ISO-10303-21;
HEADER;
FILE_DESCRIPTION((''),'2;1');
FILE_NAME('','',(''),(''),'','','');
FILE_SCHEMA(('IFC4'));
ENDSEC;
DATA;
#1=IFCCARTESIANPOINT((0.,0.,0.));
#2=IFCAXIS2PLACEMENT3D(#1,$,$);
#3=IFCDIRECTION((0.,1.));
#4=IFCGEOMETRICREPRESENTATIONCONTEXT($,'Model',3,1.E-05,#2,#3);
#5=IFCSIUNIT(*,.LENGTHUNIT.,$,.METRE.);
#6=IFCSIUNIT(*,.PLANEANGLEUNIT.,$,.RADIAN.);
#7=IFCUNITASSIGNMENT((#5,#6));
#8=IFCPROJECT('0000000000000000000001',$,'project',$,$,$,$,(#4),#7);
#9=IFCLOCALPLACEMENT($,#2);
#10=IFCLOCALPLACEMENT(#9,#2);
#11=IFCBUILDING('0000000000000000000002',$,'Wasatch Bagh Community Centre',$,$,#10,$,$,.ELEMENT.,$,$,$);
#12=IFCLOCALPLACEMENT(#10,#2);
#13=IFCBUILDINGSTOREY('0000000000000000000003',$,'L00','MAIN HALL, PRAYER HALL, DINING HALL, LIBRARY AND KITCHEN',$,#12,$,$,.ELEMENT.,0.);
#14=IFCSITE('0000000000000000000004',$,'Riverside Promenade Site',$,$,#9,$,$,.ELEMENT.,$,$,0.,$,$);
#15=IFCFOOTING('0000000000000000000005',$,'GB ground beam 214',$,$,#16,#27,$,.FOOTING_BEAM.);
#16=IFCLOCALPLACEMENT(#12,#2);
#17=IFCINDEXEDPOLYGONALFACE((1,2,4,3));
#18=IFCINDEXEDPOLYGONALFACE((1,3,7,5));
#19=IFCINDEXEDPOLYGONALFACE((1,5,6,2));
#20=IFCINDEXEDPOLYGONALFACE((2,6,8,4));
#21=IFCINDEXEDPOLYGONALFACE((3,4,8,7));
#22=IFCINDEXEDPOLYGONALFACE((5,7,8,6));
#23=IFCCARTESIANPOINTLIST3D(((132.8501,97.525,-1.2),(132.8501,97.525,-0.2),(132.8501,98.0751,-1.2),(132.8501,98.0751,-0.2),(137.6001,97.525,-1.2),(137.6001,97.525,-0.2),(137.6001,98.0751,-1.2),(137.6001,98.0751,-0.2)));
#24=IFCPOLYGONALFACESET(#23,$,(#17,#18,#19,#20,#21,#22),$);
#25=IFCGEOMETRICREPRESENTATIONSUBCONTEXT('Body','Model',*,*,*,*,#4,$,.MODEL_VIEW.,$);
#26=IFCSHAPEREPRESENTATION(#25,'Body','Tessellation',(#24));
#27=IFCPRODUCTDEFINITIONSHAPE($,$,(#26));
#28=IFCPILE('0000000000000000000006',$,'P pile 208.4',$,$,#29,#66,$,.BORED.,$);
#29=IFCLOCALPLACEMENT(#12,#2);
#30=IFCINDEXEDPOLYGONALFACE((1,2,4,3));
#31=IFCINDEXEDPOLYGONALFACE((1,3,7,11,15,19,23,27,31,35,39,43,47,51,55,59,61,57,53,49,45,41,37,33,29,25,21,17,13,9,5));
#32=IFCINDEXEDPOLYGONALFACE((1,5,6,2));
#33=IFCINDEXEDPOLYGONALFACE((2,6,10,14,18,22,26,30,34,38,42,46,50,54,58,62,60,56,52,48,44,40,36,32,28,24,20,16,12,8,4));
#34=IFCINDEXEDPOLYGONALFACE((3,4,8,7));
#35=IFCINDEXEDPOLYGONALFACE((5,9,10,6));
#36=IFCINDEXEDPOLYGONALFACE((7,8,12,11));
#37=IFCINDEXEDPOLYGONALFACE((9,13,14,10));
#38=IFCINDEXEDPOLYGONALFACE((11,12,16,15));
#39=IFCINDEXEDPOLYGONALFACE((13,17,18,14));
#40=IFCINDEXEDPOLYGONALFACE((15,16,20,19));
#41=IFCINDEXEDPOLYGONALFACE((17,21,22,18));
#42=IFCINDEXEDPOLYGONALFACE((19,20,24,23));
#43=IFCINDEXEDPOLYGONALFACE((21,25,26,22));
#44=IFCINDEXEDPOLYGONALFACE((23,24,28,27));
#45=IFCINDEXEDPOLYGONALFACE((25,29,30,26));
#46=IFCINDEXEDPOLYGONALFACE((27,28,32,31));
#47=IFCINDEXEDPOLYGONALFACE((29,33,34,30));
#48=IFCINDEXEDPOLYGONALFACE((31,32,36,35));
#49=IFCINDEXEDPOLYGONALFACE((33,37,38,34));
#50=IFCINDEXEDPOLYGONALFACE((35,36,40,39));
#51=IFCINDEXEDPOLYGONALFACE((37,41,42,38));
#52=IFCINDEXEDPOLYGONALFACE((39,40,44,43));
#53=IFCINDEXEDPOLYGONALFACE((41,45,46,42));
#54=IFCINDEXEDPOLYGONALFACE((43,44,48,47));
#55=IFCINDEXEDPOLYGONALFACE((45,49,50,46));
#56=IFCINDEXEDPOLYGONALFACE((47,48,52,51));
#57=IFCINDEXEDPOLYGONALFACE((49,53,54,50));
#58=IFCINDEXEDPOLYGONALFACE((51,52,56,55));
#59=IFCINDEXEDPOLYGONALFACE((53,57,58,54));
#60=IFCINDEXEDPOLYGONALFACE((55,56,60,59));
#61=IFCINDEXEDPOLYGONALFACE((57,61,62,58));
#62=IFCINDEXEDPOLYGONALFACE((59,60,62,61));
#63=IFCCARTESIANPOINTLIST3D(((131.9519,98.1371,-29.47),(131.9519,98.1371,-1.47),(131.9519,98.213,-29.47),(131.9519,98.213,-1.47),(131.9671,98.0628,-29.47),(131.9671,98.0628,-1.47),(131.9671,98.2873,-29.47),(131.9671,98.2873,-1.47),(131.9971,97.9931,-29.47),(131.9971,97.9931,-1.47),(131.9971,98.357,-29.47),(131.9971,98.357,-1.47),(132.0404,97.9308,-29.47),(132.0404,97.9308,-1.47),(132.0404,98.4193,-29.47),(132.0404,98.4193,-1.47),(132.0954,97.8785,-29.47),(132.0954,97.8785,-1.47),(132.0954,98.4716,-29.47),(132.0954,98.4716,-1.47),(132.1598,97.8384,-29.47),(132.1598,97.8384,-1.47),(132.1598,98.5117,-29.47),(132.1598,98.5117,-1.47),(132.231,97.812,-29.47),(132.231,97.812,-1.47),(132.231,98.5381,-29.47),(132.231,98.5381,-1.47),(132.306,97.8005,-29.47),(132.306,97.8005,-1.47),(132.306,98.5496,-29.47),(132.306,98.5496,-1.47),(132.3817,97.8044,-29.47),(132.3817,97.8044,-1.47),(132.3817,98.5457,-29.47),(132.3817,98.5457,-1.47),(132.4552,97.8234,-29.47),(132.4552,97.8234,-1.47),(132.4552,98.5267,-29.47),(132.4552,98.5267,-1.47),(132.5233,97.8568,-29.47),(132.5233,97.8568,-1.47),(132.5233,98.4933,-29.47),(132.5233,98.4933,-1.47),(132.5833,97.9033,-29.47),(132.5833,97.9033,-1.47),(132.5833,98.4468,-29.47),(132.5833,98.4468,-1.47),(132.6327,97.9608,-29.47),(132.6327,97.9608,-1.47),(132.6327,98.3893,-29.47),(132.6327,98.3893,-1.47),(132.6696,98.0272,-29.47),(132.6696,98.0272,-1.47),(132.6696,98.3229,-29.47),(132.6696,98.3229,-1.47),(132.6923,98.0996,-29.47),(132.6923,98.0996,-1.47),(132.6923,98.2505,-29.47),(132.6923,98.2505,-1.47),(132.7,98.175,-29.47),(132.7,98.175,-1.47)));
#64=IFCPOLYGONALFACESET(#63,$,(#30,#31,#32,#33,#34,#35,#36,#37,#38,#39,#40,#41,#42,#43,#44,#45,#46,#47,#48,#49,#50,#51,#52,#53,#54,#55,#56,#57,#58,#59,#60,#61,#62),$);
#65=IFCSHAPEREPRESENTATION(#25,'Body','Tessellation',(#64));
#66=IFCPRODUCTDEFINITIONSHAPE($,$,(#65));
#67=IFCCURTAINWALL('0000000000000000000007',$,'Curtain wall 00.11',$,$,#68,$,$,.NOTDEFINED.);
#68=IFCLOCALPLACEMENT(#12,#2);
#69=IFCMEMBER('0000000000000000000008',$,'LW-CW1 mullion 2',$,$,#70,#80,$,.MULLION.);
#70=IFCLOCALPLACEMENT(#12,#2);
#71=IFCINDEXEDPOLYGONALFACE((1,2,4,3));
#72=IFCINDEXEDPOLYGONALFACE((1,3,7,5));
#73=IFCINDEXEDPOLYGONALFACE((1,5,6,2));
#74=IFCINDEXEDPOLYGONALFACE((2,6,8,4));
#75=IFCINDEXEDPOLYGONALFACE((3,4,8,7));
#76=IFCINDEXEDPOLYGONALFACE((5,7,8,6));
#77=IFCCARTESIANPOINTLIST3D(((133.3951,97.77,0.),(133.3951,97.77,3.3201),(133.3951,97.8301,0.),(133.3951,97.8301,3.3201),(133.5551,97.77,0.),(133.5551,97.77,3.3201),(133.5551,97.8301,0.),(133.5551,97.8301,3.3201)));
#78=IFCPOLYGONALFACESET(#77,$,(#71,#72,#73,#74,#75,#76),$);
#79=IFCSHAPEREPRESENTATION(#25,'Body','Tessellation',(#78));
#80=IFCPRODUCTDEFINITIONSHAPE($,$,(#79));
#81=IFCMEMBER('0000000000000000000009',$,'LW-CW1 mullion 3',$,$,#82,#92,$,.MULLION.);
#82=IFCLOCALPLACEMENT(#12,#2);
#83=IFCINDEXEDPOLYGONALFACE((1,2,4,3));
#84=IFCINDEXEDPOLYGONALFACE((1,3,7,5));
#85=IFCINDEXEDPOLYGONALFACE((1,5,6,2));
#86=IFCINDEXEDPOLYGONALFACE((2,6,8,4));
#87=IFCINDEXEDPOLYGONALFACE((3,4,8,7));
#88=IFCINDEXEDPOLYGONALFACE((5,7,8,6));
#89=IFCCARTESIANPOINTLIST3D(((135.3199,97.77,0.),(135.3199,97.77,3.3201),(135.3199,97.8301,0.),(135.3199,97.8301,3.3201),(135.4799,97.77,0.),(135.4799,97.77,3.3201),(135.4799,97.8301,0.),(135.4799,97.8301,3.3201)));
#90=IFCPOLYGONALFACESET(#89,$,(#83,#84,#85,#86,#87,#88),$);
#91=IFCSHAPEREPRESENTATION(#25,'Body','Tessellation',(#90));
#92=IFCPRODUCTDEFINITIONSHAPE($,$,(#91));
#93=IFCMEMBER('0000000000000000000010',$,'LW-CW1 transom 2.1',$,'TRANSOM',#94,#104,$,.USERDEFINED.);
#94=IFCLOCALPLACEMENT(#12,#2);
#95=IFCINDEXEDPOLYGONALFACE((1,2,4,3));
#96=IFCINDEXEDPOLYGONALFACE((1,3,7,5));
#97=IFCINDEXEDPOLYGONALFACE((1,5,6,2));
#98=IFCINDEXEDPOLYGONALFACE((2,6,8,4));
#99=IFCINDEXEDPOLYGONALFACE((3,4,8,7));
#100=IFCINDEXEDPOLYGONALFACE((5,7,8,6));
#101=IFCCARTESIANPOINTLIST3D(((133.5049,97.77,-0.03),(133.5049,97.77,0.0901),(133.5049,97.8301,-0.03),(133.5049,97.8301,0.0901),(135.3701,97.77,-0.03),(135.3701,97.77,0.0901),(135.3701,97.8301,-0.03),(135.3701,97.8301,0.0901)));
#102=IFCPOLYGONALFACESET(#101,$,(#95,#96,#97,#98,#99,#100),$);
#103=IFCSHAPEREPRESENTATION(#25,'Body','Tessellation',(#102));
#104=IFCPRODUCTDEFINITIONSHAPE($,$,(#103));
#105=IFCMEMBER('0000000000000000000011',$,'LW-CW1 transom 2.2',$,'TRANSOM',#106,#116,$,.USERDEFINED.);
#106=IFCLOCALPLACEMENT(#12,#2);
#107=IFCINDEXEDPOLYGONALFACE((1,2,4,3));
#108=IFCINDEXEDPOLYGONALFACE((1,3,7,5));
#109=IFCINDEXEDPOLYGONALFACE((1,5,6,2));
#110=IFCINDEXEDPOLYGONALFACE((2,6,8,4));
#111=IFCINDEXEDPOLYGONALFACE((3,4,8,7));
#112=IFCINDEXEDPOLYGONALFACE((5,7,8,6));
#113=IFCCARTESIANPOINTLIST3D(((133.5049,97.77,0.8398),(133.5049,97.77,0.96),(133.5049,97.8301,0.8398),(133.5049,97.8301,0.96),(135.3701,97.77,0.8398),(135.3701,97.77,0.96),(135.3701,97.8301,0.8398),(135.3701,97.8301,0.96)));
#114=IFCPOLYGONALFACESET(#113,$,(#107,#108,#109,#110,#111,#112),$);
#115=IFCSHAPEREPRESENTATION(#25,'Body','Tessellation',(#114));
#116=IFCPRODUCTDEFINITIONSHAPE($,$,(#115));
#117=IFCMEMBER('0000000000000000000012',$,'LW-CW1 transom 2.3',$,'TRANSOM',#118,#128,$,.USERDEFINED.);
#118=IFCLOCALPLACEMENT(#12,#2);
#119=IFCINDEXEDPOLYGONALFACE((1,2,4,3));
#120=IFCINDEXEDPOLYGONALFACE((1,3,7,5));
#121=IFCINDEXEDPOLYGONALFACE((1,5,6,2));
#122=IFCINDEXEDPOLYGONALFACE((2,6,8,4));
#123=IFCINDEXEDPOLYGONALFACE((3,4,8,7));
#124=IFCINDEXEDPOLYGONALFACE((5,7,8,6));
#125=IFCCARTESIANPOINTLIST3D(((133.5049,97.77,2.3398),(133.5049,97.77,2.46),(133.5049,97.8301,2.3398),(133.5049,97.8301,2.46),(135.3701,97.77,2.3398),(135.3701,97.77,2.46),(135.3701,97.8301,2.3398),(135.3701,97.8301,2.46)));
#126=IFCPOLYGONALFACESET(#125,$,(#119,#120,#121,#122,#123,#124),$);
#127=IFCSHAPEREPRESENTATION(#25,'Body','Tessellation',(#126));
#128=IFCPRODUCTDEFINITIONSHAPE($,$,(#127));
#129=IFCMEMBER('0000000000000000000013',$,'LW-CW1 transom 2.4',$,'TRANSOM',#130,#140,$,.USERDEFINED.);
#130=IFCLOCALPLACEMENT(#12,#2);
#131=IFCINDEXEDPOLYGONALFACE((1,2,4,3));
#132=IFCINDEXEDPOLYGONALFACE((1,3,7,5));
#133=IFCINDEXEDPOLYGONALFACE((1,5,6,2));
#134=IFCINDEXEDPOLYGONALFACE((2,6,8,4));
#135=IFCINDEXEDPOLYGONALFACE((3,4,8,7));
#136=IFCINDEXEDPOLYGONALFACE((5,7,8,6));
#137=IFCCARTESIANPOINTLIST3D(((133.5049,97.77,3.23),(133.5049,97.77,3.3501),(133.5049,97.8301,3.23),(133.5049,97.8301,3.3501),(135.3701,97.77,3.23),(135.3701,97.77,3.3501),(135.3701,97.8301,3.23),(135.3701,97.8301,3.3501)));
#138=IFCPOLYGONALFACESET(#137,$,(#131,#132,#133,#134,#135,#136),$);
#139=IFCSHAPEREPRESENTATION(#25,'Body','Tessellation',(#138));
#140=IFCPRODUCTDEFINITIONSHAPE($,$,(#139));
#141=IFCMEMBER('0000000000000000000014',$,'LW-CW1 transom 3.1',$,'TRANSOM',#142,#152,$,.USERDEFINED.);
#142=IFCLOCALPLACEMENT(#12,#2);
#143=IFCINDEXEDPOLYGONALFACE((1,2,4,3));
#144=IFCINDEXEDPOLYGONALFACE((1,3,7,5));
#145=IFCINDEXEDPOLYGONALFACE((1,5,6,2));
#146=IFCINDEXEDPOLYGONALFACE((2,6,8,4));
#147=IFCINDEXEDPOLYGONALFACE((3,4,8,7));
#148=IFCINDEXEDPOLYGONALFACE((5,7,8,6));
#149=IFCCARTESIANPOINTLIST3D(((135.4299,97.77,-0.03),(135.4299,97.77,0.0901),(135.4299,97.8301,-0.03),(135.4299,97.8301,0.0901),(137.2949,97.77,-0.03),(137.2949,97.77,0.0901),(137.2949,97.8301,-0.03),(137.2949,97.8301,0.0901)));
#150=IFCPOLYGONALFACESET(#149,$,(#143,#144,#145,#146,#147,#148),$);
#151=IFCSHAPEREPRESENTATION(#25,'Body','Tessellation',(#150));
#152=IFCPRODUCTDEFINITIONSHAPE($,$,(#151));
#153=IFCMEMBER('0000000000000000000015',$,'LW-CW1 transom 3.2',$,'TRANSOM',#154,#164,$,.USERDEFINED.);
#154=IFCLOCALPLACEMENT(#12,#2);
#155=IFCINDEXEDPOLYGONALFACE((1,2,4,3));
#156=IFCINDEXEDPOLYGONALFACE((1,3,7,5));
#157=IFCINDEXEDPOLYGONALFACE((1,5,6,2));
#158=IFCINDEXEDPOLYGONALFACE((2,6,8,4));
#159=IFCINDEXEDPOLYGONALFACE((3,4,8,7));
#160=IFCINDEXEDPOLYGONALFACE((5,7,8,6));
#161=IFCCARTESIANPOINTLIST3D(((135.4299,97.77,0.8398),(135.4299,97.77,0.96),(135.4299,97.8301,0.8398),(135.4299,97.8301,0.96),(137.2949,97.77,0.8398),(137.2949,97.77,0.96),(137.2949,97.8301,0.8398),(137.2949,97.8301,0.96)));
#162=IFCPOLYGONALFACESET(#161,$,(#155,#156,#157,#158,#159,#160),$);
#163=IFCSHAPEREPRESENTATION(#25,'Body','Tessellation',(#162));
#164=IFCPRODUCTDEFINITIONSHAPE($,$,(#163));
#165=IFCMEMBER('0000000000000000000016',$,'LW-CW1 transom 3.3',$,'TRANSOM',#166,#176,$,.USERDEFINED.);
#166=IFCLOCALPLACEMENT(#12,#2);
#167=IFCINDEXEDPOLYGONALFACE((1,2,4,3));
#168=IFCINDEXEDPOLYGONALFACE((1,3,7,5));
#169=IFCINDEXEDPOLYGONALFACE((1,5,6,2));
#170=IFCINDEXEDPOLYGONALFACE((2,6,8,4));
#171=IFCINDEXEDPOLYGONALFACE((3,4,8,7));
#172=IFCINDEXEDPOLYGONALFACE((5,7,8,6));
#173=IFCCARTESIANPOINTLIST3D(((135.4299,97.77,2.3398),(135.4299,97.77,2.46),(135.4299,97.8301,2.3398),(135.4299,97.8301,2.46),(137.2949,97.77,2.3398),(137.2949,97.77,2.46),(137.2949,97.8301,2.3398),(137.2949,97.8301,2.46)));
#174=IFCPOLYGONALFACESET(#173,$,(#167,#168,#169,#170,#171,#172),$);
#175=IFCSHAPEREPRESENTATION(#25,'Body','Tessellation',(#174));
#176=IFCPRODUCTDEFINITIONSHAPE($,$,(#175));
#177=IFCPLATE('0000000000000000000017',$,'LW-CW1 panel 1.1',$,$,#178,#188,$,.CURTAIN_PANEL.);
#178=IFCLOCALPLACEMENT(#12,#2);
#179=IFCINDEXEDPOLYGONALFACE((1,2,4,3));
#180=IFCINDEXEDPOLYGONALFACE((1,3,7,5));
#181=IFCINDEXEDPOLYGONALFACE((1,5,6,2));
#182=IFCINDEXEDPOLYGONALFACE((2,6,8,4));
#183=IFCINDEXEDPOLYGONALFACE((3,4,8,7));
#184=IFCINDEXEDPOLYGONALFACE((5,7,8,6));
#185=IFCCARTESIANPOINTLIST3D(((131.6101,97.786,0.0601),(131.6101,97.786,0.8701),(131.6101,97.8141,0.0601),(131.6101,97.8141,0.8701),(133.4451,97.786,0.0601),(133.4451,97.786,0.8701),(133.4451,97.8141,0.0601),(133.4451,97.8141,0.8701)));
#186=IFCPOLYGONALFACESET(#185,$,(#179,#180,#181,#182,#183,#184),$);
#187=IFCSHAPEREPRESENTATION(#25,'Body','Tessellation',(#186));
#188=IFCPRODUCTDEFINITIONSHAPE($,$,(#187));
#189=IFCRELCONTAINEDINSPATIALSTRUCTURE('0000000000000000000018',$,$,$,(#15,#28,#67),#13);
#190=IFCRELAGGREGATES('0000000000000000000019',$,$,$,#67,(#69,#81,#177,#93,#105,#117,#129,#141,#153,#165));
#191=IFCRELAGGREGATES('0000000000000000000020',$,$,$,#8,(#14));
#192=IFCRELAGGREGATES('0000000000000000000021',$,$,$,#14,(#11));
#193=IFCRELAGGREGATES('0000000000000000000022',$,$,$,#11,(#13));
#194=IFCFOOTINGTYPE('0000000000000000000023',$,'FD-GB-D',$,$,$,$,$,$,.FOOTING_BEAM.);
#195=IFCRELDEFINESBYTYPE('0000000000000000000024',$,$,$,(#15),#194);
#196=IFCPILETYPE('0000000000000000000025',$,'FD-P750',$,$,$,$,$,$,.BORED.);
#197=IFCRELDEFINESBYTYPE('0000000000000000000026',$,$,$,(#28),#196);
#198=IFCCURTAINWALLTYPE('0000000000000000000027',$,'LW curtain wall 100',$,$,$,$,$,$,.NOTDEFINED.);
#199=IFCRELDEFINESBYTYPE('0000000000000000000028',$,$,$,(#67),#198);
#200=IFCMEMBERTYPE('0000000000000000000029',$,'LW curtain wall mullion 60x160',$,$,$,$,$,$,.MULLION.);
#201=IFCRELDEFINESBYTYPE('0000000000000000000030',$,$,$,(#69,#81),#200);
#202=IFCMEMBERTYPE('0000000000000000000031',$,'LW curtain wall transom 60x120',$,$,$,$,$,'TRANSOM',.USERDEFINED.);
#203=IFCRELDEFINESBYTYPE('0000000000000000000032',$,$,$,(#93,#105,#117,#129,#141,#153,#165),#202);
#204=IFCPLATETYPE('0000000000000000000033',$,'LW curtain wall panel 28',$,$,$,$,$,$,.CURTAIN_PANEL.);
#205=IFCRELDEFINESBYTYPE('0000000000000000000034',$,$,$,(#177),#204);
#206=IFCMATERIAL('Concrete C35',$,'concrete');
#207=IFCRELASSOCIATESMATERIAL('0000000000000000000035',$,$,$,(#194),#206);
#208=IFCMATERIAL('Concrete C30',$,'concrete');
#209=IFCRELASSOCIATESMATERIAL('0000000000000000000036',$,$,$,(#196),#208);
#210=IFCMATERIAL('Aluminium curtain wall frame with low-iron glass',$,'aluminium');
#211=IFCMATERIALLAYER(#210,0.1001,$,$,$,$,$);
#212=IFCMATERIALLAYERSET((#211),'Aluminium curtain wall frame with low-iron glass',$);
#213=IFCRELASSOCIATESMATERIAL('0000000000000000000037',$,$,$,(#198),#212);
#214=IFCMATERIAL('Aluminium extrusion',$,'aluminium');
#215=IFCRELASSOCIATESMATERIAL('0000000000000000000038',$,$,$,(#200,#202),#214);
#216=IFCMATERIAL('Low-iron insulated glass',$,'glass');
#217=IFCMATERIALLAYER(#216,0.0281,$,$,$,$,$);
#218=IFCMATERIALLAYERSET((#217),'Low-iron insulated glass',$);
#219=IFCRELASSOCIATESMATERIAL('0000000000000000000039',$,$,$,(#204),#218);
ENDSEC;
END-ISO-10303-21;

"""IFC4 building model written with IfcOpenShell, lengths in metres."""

from ifc_helpers import new_model, si_unit, direction, frame, origin, origin_2d, place, context, subcontext, project, spatial, rectangle, circle, extrude, material, layer, layer_set, material_profile, profile_set, type_object, element, aggregate, save


model = new_model("IFC4")

# Units and contexts
model_context = context("Model", 3, precision=1e-05, world=origin(), true_north=direction((0.0, 1.0)))
body_context = subcontext(model_context, "Body", "Model", "MODEL_VIEW")
ifc_project = project(units=[si_unit("LENGTHUNIT", "METRE"), si_unit("PLANEANGLEUNIT", "RADIAN")], contexts=[model_context])

# Site, building, storey
site_placement = place(None, origin())
site = spatial("IfcSite", under=ifc_project, at=site_placement, Name="Riverside Promenade Site", CompositionType="ELEMENT", RefElevation=0.0)
building_placement = place(site_placement, origin())
building = spatial("IfcBuilding", under=site, at=building_placement, Name="Wasatch Bagh Community Centre", CompositionType="ELEMENT")
storey_placement = place(building_placement, origin())
storey = spatial("IfcBuildingStorey", under=building, at=storey_placement, Name="L00", Description="MAIN HALL, PRAYER HALL, DINING HALL, LIBRARY AND KITCHEN", CompositionType="ELEMENT", Elevation=0.0)

# Footing
ifc_material_1 = material(Name="Concrete C35", Category="concrete")
footing_type = type_object("IfcFootingType", Name="FD-GB-D", PredefinedType="FOOTING_BEAM", material=ifc_material_1)
footing_placement = place(storey_placement, frame((135.2251, 97.8, -1.2), z_axis=(0.0, 0.0, 1.0), x_axis=(1.0, 0.0, 0.0)))
element("IfcFooting", 1, at=footing_placement, inside=storey, type_object=footing_type, Name="GB ground beam 214", PredefinedType="FOOTING_BEAM", context=body_context, shape_type="SweptSolid", body=[
    extrude(rectangle(XDim=4.75, YDim=0.55, at=origin_2d()), origin(), (0.0, 0.0, 1.0), 1.0),
])

# Pile
ifc_material_2 = material(Name="Concrete C30", Category="concrete")
ifc_material_profile_1 = material_profile(ifc_material_2, circle(Radius=0.375, at=origin_2d()), Name="RC D750")
ifc_profile_set_1 = profile_set([ifc_material_profile_1], Name="Concrete C30")
pile_type = type_object("IfcPileType", Name="FD-P750", PredefinedType="BORED", material=ifc_profile_set_1)
pile_placement = place(storey_placement, frame((132.325, 98.175, -1.47), z_axis=(0.0, 0.0, -1.0), x_axis=(1.0, 0.0, 0.0)))
element("IfcPile", 2, at=pile_placement, inside=storey, type_object=pile_type, Name="P pile 208.4", PredefinedType="BORED", context=body_context, shape_type="SweptSolid", body=[
    extrude(circle(Radius=0.375, at=origin_2d()), origin(), (0.0, 0.0, 1.0), 28.0),
])

# Curtain wall, members, plate
ifc_material_3 = material(Name="Aluminium curtain wall frame with low-iron glass", Category="aluminium")
ifc_layer_1 = layer(ifc_material_3, 0.1001)
ifc_layer_set_1 = layer_set([ifc_layer_1], Name="Aluminium curtain wall frame with low-iron glass")
curtain_wall_type = type_object("IfcCurtainWallType", Name="LW curtain wall 100", PredefinedType="NOTDEFINED", material=ifc_layer_set_1)
curtain_wall_placement = place(storey_placement, origin())
curtain_wall = element("IfcCurtainWall", 3, at=curtain_wall_placement, inside=storey, type_object=curtain_wall_type, Name="Curtain wall 00.11", PredefinedType="NOTDEFINED")
ifc_material_4 = material(Name="Aluminium extrusion", Category="aluminium")
ifc_material_profile_2 = material_profile(ifc_material_4, rectangle(XDim=0.0601, YDim=0.1599, at=origin_2d()), Name="AL 60x160")
ifc_profile_set_2 = profile_set([ifc_material_profile_2], Name="Aluminium extrusion")
member_type_1 = type_object("IfcMemberType", Name="LW curtain wall mullion 60x160", PredefinedType="MULLION", material=ifc_profile_set_2)
member_1_placement = place(storey_placement, frame((133.4751, 97.8, 0.0), z_axis=(0.0, 0.0, 1.0), x_axis=(0.0, 1.0, 0.0)))
member_1 = element("IfcMember", 4, at=member_1_placement, type_object=member_type_1, Name="LW-CW1 mullion 2", PredefinedType="MULLION", context=body_context, shape_type="SweptSolid", body=[
    extrude(rectangle(XDim=0.0601, YDim=0.1599, at=origin_2d()), origin(), (0.0, 0.0, 1.0), 3.3201),
])
member_2_placement = place(storey_placement, frame((135.3999, 97.8, 0.0), z_axis=(0.0, 0.0, 1.0), x_axis=(0.0, 1.0, 0.0)))
member_2 = element("IfcMember", 5, at=member_2_placement, type_object=member_type_1, Name="LW-CW1 mullion 3", PredefinedType="MULLION", context=body_context, shape_type="SweptSolid", body=[
    extrude(rectangle(XDim=0.0601, YDim=0.1599, at=origin_2d()), origin(), (0.0, 0.0, 1.0), 3.3201),
])
ifc_material_profile_3 = material_profile(ifc_material_4, rectangle(XDim=0.0601, YDim=0.1201, at=origin_2d()), Name="AL 60x120")
ifc_profile_set_3 = profile_set([ifc_material_profile_3], Name="Aluminium extrusion")
member_type_2 = type_object("IfcMemberType", Name="LW curtain wall transom 60x120", ElementType="TRANSOM", PredefinedType="USERDEFINED", material=ifc_profile_set_3)
member_3_placement = place(storey_placement, frame((133.5049, 97.8, 0.03), z_axis=(1.0, 0.0, 0.0), x_axis=(0.0, 1.0, 0.0)))
member_3 = element("IfcMember", 6, at=member_3_placement, type_object=member_type_2, Name="LW-CW1 transom 2.1", ObjectType="TRANSOM", PredefinedType="USERDEFINED", context=body_context, shape_type="SweptSolid", body=[
    extrude(rectangle(XDim=0.0601, YDim=0.1201, at=origin_2d()), origin(), (0.0, 0.0, 1.0), 1.8652),
])
member_4_placement = place(storey_placement, frame((133.5049, 97.8, 0.8999), z_axis=(1.0, 0.0, 0.0), x_axis=(0.0, 1.0, 0.0)))
member_4 = element("IfcMember", 7, at=member_4_placement, type_object=member_type_2, Name="LW-CW1 transom 2.2", ObjectType="TRANSOM", PredefinedType="USERDEFINED", context=body_context, shape_type="SweptSolid", body=[
    extrude(rectangle(XDim=0.0601, YDim=0.1201, at=origin_2d()), origin(), (0.0, 0.0, 1.0), 1.8652),
])
member_5_placement = place(storey_placement, frame((133.5049, 97.8, 2.3999), z_axis=(1.0, 0.0, 0.0), x_axis=(0.0, 1.0, 0.0)))
member_5 = element("IfcMember", 8, at=member_5_placement, type_object=member_type_2, Name="LW-CW1 transom 2.3", ObjectType="TRANSOM", PredefinedType="USERDEFINED", context=body_context, shape_type="SweptSolid", body=[
    extrude(rectangle(XDim=0.0601, YDim=0.1201, at=origin_2d()), origin(), (0.0, 0.0, 1.0), 1.8652),
])
member_6_placement = place(storey_placement, frame((133.5049, 97.8, 3.29), z_axis=(1.0, 0.0, 0.0), x_axis=(0.0, 1.0, 0.0)))
member_6 = element("IfcMember", 9, at=member_6_placement, type_object=member_type_2, Name="LW-CW1 transom 2.4", ObjectType="TRANSOM", PredefinedType="USERDEFINED", context=body_context, shape_type="SweptSolid", body=[
    extrude(rectangle(XDim=0.0601, YDim=0.1201, at=origin_2d()), origin(), (0.0, 0.0, 1.0), 1.8652),
])
member_7_placement = place(storey_placement, frame((135.4299, 97.8, 0.03), z_axis=(1.0, 0.0, 0.0), x_axis=(0.0, 1.0, 0.0)))
member_7 = element("IfcMember", 10, at=member_7_placement, type_object=member_type_2, Name="LW-CW1 transom 3.1", ObjectType="TRANSOM", PredefinedType="USERDEFINED", context=body_context, shape_type="SweptSolid", body=[
    extrude(rectangle(XDim=0.0601, YDim=0.1201, at=origin_2d()), origin(), (0.0, 0.0, 1.0), 1.865),
])
member_8_placement = place(storey_placement, frame((135.4299, 97.8, 0.8999), z_axis=(1.0, 0.0, 0.0), x_axis=(0.0, 1.0, 0.0)))
member_8 = element("IfcMember", 11, at=member_8_placement, type_object=member_type_2, Name="LW-CW1 transom 3.2", ObjectType="TRANSOM", PredefinedType="USERDEFINED", context=body_context, shape_type="SweptSolid", body=[
    extrude(rectangle(XDim=0.0601, YDim=0.1201, at=origin_2d()), origin(), (0.0, 0.0, 1.0), 1.865),
])
member_9_placement = place(storey_placement, frame((135.4299, 97.8, 2.3999), z_axis=(1.0, 0.0, 0.0), x_axis=(0.0, 1.0, 0.0)))
member_9 = element("IfcMember", 12, at=member_9_placement, type_object=member_type_2, Name="LW-CW1 transom 3.3", ObjectType="TRANSOM", PredefinedType="USERDEFINED", context=body_context, shape_type="SweptSolid", body=[
    extrude(rectangle(XDim=0.0601, YDim=0.1201, at=origin_2d()), origin(), (0.0, 0.0, 1.0), 1.865),
])
ifc_material_5 = material(Name="Low-iron insulated glass", Category="glass")
ifc_layer_2 = layer(ifc_material_5, 0.0281)
ifc_layer_set_2 = layer_set([ifc_layer_2], Name="Low-iron insulated glass")
plate_type_1 = type_object("IfcPlateType", Name="LW curtain wall panel 28", PredefinedType="CURTAIN_PANEL", material=ifc_layer_set_2)
plate_1_placement = place(storey_placement, frame((132.5276, 97.8, 0.0601), z_axis=(0.0, 0.0, 1.0), x_axis=(1.0, 0.0, 0.0)))
plate_1 = element("IfcPlate", 13, at=plate_1_placement, type_object=plate_type_1, Name="LW-CW1 panel 1.1", PredefinedType="CURTAIN_PANEL", context=body_context, shape_type="SweptSolid", body=[
    extrude(rectangle(XDim=1.835, YDim=0.0281, at=origin_2d()), origin(), (0.0, 0.0, 1.0), 0.8101),
])
aggregate(curtain_wall, [member_1, member_2, plate_1, member_3, member_4, member_5, member_6, member_7, member_8, member_9])

save(model, "model.ifc")
